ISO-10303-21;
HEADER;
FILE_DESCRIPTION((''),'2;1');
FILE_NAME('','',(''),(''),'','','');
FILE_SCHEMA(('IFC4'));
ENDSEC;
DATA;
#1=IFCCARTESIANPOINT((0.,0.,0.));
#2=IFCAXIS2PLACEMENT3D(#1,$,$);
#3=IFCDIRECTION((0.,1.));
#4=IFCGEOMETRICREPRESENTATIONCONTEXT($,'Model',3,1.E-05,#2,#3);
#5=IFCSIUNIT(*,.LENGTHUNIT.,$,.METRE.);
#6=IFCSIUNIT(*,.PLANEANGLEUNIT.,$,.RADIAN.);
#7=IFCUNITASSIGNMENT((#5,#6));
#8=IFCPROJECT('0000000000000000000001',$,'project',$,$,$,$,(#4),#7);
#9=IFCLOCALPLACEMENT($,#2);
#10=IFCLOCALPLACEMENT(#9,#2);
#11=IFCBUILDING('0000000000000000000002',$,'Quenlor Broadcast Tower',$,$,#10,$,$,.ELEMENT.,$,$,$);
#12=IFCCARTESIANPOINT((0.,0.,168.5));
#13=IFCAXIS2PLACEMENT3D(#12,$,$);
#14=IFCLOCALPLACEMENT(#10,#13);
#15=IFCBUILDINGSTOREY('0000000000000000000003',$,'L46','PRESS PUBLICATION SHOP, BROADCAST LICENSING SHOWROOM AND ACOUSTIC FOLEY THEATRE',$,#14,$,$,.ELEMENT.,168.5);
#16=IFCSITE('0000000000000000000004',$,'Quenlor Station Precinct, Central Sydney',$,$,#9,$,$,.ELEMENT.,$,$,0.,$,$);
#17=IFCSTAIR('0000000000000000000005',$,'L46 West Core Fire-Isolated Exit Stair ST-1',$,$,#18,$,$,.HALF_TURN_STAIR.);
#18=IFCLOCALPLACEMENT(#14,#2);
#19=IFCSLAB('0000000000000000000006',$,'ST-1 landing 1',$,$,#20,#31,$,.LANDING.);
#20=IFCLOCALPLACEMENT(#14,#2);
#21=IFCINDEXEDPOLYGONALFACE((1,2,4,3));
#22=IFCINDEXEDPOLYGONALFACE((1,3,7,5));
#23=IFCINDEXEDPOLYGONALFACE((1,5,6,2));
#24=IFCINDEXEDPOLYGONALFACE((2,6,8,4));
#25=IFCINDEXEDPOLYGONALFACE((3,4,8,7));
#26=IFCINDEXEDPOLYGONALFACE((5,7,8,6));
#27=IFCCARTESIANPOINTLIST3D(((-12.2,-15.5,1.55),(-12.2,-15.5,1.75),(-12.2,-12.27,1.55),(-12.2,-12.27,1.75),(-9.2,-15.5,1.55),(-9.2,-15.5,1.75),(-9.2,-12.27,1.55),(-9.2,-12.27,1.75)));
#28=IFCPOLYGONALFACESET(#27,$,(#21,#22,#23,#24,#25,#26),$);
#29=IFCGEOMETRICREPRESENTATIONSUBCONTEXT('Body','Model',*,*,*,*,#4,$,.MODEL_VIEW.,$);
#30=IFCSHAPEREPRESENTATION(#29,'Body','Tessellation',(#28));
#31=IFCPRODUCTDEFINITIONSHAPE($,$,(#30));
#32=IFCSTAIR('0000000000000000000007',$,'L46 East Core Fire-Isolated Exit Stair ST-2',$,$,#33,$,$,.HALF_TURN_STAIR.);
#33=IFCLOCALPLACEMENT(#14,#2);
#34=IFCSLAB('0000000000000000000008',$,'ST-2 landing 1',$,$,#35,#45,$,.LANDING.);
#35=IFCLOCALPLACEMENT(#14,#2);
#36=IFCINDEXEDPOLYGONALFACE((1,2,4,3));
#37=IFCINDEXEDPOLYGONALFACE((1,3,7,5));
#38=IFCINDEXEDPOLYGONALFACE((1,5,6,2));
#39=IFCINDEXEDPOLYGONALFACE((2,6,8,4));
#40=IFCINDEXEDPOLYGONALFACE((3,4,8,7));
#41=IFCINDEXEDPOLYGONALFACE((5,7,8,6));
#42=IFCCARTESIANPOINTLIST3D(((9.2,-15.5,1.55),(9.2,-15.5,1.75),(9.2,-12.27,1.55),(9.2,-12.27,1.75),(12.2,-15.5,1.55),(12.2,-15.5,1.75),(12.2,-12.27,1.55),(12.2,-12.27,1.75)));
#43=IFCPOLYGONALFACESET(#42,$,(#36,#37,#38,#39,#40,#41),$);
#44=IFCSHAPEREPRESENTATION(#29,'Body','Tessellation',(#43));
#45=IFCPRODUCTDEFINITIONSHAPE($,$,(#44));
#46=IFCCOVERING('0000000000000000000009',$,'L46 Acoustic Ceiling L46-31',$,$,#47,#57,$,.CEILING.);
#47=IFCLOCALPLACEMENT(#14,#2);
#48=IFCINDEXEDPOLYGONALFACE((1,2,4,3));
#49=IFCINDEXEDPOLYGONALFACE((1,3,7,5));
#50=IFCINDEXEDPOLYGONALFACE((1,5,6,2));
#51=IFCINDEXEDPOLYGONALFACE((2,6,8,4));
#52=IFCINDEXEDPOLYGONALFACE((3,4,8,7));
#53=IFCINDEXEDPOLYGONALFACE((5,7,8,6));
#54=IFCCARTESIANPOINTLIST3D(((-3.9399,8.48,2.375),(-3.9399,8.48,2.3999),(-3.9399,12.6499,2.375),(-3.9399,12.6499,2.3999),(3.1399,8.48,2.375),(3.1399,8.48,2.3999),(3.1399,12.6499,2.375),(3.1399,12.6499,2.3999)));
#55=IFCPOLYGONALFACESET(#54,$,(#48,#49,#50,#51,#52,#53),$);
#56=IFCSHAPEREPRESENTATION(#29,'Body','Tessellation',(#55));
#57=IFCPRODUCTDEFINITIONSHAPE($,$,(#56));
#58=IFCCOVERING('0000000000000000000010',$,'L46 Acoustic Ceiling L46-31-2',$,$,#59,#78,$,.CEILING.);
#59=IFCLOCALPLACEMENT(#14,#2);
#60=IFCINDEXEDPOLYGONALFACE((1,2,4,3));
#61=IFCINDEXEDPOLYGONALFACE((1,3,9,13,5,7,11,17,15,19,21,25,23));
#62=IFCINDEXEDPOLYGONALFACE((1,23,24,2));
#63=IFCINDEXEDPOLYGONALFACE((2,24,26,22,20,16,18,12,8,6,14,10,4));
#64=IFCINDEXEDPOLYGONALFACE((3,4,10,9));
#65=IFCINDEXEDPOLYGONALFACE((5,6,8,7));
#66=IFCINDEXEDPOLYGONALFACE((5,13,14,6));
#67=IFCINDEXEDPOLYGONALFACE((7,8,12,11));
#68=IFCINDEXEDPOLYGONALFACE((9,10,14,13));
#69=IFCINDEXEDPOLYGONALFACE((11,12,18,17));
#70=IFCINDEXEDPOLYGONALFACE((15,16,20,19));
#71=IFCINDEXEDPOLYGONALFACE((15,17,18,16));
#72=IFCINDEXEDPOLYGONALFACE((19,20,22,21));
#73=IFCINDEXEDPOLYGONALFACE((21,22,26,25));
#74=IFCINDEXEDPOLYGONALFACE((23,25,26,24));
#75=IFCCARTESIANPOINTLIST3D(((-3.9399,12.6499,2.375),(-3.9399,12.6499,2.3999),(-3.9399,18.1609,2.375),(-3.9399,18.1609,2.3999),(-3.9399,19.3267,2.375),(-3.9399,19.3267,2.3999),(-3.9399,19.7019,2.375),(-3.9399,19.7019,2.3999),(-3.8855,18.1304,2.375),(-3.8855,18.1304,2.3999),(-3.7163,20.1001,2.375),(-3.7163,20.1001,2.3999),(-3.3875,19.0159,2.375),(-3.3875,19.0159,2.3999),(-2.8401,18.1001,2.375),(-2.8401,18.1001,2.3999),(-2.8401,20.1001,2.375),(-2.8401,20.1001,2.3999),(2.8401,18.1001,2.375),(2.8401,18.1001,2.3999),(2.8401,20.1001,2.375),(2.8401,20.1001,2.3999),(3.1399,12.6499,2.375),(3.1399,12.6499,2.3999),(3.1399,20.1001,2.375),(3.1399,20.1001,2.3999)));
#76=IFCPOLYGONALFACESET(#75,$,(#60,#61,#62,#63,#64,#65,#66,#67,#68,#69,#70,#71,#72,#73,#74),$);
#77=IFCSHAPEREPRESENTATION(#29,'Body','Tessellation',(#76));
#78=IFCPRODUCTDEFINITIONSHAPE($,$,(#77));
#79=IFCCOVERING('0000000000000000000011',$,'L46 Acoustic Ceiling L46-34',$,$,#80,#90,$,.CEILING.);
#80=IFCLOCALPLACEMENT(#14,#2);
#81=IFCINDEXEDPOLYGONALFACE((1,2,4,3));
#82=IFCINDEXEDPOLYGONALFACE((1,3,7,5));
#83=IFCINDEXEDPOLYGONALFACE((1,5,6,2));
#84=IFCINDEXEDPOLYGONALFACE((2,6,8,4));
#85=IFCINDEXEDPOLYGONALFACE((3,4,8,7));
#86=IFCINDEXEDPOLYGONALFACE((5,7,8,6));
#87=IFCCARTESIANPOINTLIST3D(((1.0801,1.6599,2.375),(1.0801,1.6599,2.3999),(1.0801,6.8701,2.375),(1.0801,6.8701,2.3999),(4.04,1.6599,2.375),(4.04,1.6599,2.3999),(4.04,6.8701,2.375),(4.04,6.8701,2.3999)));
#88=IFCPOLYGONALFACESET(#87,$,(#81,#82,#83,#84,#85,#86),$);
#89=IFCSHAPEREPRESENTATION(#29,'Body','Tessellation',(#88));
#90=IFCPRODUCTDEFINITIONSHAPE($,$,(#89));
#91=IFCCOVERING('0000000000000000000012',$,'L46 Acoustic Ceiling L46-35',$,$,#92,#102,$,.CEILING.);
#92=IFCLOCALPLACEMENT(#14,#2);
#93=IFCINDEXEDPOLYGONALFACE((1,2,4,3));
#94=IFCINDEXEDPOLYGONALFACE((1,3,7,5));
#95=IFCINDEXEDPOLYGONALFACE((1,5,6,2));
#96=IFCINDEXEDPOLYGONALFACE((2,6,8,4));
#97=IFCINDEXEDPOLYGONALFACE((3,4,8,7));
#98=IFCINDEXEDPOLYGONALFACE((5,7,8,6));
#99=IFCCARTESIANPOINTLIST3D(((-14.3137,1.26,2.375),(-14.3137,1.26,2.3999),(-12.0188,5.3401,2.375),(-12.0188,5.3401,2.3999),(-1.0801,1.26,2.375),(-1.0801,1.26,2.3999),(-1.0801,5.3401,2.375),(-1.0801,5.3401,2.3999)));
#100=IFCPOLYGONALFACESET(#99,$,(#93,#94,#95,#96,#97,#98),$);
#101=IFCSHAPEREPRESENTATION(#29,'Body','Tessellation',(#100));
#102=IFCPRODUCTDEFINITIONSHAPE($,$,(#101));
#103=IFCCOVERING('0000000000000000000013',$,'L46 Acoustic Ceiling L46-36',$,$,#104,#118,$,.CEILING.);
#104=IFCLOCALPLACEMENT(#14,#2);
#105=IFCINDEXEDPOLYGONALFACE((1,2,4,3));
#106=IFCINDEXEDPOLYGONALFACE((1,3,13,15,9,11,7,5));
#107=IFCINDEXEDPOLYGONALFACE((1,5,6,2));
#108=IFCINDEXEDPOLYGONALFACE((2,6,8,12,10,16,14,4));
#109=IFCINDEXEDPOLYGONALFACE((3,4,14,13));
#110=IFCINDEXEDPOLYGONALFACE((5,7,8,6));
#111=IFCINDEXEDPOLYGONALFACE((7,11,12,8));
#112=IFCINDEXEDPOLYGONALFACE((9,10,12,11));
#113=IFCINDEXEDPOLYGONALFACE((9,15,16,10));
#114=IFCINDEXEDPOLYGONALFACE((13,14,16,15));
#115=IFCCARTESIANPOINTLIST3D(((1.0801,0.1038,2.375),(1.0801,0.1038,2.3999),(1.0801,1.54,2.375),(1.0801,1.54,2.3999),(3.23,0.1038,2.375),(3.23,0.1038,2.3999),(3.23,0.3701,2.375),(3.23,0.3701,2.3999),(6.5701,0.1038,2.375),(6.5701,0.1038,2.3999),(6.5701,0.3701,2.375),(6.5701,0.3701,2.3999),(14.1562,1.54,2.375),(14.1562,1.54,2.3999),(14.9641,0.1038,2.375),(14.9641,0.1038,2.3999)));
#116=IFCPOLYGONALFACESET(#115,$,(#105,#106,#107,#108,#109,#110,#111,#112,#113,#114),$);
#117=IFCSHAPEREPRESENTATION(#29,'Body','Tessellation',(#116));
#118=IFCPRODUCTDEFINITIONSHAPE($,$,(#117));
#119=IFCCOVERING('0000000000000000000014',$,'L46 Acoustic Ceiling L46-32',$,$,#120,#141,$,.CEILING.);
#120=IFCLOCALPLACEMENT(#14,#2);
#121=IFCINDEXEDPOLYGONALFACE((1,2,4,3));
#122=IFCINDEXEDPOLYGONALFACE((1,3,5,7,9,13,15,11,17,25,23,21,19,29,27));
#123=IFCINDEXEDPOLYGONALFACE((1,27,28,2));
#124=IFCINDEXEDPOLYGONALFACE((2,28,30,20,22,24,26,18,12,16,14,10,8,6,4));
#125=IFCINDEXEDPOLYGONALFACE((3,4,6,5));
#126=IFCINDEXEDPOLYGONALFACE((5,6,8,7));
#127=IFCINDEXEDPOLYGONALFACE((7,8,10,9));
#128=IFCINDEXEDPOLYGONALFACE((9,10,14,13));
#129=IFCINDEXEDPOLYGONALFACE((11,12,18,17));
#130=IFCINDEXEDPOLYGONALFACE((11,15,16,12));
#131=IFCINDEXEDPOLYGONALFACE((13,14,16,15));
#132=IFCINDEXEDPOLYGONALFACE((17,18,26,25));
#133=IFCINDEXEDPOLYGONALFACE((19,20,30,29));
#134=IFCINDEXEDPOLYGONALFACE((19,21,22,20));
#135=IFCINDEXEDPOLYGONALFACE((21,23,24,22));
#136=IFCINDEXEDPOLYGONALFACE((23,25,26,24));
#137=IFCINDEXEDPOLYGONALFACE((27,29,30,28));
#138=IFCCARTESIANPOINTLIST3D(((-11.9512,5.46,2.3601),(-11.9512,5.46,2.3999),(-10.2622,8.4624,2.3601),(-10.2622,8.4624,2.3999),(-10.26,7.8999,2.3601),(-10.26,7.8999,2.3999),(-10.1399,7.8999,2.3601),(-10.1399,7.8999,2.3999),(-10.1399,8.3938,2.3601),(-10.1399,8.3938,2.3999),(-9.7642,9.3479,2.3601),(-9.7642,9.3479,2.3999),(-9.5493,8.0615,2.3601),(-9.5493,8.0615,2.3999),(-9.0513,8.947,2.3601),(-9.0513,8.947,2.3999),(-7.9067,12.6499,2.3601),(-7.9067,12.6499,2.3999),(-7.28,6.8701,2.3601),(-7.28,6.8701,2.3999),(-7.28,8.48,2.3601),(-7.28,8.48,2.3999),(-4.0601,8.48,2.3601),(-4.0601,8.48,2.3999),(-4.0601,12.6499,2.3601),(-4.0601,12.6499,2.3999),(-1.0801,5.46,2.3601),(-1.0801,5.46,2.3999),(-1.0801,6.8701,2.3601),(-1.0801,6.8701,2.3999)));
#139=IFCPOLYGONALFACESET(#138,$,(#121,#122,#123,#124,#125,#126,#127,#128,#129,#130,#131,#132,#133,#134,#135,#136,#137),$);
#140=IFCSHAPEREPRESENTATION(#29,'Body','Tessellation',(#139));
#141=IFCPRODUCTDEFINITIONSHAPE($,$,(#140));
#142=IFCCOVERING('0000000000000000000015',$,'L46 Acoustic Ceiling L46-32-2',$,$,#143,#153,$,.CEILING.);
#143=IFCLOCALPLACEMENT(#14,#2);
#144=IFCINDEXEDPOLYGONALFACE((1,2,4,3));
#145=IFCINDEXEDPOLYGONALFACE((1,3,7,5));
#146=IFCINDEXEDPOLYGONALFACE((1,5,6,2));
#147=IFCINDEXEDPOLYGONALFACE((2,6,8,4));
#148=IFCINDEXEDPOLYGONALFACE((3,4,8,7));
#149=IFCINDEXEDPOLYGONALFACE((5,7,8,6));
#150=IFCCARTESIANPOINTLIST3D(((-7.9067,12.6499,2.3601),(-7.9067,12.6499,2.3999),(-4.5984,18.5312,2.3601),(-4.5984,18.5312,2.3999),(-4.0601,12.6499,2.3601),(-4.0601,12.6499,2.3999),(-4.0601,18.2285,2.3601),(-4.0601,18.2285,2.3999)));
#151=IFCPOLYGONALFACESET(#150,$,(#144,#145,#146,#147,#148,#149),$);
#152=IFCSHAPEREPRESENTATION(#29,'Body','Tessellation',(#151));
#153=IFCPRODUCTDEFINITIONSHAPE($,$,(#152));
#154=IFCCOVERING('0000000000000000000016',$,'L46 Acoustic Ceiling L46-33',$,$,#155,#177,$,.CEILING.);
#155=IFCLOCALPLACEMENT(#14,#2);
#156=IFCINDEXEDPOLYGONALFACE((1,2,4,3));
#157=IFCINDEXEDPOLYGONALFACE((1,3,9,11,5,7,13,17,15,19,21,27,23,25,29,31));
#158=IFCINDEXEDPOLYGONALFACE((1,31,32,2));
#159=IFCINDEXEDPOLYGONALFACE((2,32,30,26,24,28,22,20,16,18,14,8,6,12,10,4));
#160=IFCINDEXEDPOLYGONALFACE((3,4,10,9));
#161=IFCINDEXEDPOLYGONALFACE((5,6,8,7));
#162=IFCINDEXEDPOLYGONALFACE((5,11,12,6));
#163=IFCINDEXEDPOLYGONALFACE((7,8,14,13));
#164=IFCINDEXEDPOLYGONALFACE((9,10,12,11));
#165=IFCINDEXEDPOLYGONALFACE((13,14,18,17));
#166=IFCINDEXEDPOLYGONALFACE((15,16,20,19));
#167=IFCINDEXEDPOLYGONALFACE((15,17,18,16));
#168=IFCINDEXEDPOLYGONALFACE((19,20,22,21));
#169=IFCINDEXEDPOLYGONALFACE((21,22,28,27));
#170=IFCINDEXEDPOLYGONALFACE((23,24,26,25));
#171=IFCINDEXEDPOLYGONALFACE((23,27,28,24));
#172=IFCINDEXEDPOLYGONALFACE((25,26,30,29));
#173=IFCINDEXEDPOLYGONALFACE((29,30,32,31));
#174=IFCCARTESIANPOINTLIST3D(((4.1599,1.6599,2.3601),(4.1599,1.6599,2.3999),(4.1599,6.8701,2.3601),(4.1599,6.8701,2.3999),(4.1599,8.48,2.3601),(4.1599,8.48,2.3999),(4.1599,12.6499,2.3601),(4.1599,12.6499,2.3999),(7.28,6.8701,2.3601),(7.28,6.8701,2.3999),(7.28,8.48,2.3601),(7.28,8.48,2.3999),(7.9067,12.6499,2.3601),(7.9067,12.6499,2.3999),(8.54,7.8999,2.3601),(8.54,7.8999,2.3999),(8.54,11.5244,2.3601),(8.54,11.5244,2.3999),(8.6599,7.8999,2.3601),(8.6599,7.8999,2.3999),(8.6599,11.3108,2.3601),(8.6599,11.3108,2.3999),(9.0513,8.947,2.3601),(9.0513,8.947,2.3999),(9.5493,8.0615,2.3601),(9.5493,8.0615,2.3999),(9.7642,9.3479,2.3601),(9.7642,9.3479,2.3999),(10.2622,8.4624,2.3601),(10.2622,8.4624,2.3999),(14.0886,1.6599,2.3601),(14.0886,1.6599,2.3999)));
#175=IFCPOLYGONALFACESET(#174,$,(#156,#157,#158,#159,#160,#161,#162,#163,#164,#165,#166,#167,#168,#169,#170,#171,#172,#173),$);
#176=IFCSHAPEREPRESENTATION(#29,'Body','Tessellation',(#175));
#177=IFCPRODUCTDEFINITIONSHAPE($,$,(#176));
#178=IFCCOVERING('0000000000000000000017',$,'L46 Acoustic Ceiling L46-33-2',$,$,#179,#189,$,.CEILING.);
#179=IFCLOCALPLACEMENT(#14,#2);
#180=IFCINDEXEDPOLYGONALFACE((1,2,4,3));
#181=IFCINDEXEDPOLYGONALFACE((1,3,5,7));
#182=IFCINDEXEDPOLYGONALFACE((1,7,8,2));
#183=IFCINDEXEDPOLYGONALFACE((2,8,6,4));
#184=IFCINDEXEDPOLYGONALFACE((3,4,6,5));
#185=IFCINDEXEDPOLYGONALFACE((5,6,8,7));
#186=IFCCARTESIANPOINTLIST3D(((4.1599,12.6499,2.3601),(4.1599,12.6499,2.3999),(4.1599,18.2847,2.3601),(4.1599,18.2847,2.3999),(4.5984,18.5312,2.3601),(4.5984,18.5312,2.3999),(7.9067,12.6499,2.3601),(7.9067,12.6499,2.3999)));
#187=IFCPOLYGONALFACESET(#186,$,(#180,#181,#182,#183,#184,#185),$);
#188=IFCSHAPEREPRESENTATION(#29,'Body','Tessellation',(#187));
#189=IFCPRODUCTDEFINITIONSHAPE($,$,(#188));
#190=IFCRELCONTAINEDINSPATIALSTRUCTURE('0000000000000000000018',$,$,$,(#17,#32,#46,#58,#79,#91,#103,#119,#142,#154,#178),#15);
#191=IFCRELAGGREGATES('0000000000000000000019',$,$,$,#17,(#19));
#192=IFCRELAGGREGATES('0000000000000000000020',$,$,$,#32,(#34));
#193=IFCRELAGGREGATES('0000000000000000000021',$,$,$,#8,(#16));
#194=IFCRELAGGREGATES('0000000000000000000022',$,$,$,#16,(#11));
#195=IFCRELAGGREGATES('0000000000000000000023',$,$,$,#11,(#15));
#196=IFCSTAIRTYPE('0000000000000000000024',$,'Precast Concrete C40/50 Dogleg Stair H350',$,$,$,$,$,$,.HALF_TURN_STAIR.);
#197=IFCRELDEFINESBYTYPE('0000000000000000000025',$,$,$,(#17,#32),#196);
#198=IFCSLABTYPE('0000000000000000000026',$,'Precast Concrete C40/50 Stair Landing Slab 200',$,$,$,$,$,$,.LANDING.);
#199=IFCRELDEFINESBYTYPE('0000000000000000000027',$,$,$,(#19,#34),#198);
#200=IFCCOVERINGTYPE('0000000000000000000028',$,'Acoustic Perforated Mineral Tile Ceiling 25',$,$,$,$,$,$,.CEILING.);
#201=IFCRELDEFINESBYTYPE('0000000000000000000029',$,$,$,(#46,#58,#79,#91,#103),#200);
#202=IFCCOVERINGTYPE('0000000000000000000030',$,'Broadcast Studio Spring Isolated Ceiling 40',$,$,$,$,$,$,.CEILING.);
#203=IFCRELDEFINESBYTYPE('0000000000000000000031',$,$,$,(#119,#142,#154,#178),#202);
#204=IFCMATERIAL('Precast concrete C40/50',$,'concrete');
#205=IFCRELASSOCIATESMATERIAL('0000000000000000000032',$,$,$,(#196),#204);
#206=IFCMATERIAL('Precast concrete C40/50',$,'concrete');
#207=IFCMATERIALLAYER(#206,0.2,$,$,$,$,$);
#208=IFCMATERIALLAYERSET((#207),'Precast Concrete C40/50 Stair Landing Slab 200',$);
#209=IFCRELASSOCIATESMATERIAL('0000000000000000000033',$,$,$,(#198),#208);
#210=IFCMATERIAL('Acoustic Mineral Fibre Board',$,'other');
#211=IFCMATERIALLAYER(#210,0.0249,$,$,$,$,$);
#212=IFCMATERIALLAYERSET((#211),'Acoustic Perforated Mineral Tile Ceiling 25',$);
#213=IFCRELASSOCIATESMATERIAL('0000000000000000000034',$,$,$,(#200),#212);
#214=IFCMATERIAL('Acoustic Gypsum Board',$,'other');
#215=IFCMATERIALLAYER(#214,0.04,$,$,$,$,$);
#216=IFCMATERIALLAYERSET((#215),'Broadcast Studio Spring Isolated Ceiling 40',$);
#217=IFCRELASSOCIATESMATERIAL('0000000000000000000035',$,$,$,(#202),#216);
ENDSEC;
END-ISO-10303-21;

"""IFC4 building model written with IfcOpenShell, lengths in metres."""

from ifc_helpers import new_model, si_unit, direction, frame, origin, place, context, subcontext, project, spatial, polyline, outline, extrude, material, layer, layer_set, type_object, element, aggregate, save


model = new_model("IFC4")

# Units and contexts
model_context = context("Model", 3, precision=1e-05, world=origin(), true_north=direction((0.0, 1.0)))
body_context = subcontext(model_context, "Body", "Model", "MODEL_VIEW")
ifc_project = project(units=[si_unit("LENGTHUNIT", "METRE"), si_unit("PLANEANGLEUNIT", "RADIAN")], contexts=[model_context])

# Site, building, storey
site_placement = place(None, origin())
site = spatial("IfcSite", under=ifc_project, at=site_placement, Name="Quenlor Station Precinct, Central Sydney", CompositionType="ELEMENT", RefElevation=0.0)
building_placement = place(site_placement, origin())
building = spatial("IfcBuilding", under=site, at=building_placement, Name="Quenlor Broadcast Tower", CompositionType="ELEMENT")
storey_placement = place(building_placement, frame((0.0, 0.0, 168.5)))
storey = spatial("IfcBuildingStorey", under=building, at=storey_placement, Name="L46", Description="PRESS PUBLICATION SHOP, BROADCAST LICENSING SHOWROOM AND ACOUSTIC FOLEY THEATRE", CompositionType="ELEMENT", Elevation=168.5)

# Stairs, slabs
ifc_material_1 = material(Name="Precast concrete C40/50", Category="concrete")
stair_type = type_object("IfcStairType", Name="Precast Concrete C40/50 Dogleg Stair H350", PredefinedType="HALF_TURN_STAIR", material=ifc_material_1)
stair_1_placement = place(storey_placement, origin())
stair_1 = element("IfcStair", 1, at=stair_1_placement, inside=storey, type_object=stair_type, Name="L46 West Core Fire-Isolated Exit Stair ST-1", PredefinedType="HALF_TURN_STAIR")
ifc_material_2 = material(Name="Precast concrete C40/50", Category="concrete")
ifc_layer_1 = layer(ifc_material_2, 0.2)
ifc_layer_set_1 = layer_set([ifc_layer_1], Name="Precast Concrete C40/50 Stair Landing Slab 200")
slab_type = type_object("IfcSlabType", Name="Precast Concrete C40/50 Stair Landing Slab 200", PredefinedType="LANDING", material=ifc_layer_set_1)
slab_1_placement = place(storey_placement, frame((0.0, 0.0, 1.55)))
slab_1 = element("IfcSlab", 2, at=slab_1_placement, type_object=slab_type, Name="ST-1 landing 1", PredefinedType="LANDING", context=body_context, shape_type="SweptSolid", body=[
    extrude(outline(polyline([(-12.2, -12.27), (-12.2, -15.5), (-9.2, -15.5), (-9.2, -12.27), (-12.2, -12.27)])), origin(), (0.0, 0.0, 1.0), 0.2),
])
aggregate(stair_1, [slab_1])
stair_2_placement = place(storey_placement, origin())
stair_2 = element("IfcStair", 3, at=stair_2_placement, inside=storey, type_object=stair_type, Name="L46 East Core Fire-Isolated Exit Stair ST-2", PredefinedType="HALF_TURN_STAIR")
slab_2_placement = place(storey_placement, frame((0.0, 0.0, 1.55)))
slab_2 = element("IfcSlab", 4, at=slab_2_placement, type_object=slab_type, Name="ST-2 landing 1", PredefinedType="LANDING", context=body_context, shape_type="SweptSolid", body=[
    extrude(outline(polyline([(9.2, -12.27), (9.2, -15.5), (12.2, -15.5), (12.2, -12.27), (9.2, -12.27)])), origin(), (0.0, 0.0, 1.0), 0.2),
])
aggregate(stair_2, [slab_2])

# Coverings
ifc_material_3 = material(Name="Acoustic Mineral Fibre Board", Category="other")
ifc_layer_2 = layer(ifc_material_3, 0.0249)
ifc_layer_set_2 = layer_set([ifc_layer_2], Name="Acoustic Perforated Mineral Tile Ceiling 25")
covering_type_1 = type_object("IfcCoveringType", Name="Acoustic Perforated Mineral Tile Ceiling 25", PredefinedType="CEILING", material=ifc_layer_set_2)
covering_1_placement = place(storey_placement, frame((0.0, 0.0, 2.375)))
element("IfcCovering", 5, at=covering_1_placement, inside=storey, type_object=covering_type_1, Name="L46 Acoustic Ceiling L46-31", PredefinedType="CEILING", context=body_context, shape_type="SweptSolid", body=[
    extrude(outline(polyline([(3.1399, 8.48), (-3.9399, 8.48), (-3.9399, 12.6499), (3.1399, 12.6499), (3.1399, 8.48)])), origin(), (0.0, 0.0, 1.0), 0.0249),
])
covering_2_placement = place(storey_placement, frame((0.0, 0.0, 2.375)))
element("IfcCovering", 6, at=covering_2_placement, inside=storey, type_object=covering_type_1, Name="L46 Acoustic Ceiling L46-31-2", PredefinedType="CEILING", context=body_context, shape_type="SweptSolid", body=[
    extrude(outline(polyline([(2.8401, 18.1001), (2.8401, 20.1001), (3.1399, 20.1001), (3.1399, 12.6499), (-3.9399, 12.6499), (-3.9399, 18.1609), (-3.8855, 18.1304), (-3.3875, 19.0159), (-3.9399, 19.3267), (-3.9399, 19.7019), (-3.7163, 20.1001), (-2.8401, 20.1001), (-2.8401, 18.1001), (2.8401, 18.1001)])), origin(), (0.0, 0.0, 1.0), 0.0249),
])
covering_3_placement = place(storey_placement, frame((0.0, 0.0, 2.375)))
element("IfcCovering", 7, at=covering_3_placement, inside=storey, type_object=covering_type_1, Name="L46 Acoustic Ceiling L46-34", PredefinedType="CEILING", context=body_context, shape_type="SweptSolid", body=[
    extrude(outline(polyline([(4.04, 1.6599), (1.0801, 1.6599), (1.0801, 6.8701), (4.04, 6.8701), (4.04, 1.6599)])), origin(), (0.0, 0.0, 1.0), 0.0249),
])
covering_4_placement = place(storey_placement, frame((0.0, 0.0, 2.375)))
element("IfcCovering", 8, at=covering_4_placement, inside=storey, type_object=covering_type_1, Name="L46 Acoustic Ceiling L46-35", PredefinedType="CEILING", context=body_context, shape_type="SweptSolid", body=[
    extrude(outline(polyline([(-14.3137, 1.26), (-12.0188, 5.3401), (-1.0801, 5.3401), (-1.0801, 1.26), (-14.3137, 1.26)])), origin(), (0.0, 0.0, 1.0), 0.0249),
])
covering_5_placement = place(storey_placement, frame((0.0, 0.0, 2.375)))
element("IfcCovering", 9, at=covering_5_placement, inside=storey, type_object=covering_type_1, Name="L46 Acoustic Ceiling L46-36", PredefinedType="CEILING", context=body_context, shape_type="SweptSolid", body=[
    extrude(outline(polyline([(1.0801, 0.1038), (1.0801, 1.54), (14.1562, 1.54), (14.9641, 0.1038), (6.5701, 0.1038), (6.5701, 0.3701), (3.23, 0.3701), (3.23, 0.1038), (1.0801, 0.1038)])), origin(), (0.0, 0.0, 1.0), 0.0249),
])
ifc_material_4 = material(Name="Acoustic Gypsum Board", Category="other")
ifc_layer_3 = layer(ifc_material_4, 0.04)
ifc_layer_set_3 = layer_set([ifc_layer_3], Name="Broadcast Studio Spring Isolated Ceiling 40")
covering_type_2 = type_object("IfcCoveringType", Name="Broadcast Studio Spring Isolated Ceiling 40", PredefinedType="CEILING", material=ifc_layer_set_3)
covering_6_placement = place(storey_placement, frame((0.0, 0.0, 2.3601)))
element("IfcCovering", 10, at=covering_6_placement, inside=storey, type_object=covering_type_2, Name="L46 Acoustic Ceiling L46-32", PredefinedType="CEILING", context=body_context, shape_type="SweptSolid", body=[
    extrude(outline(polyline([(-10.1399, 8.3938), (-9.5493, 8.0615), (-9.0513, 8.947), (-9.7642, 9.3479), (-7.9067, 12.6499), (-4.0601, 12.6499), (-4.0601, 8.48), (-7.28, 8.48), (-7.28, 6.8701), (-1.0801, 6.8701), (-1.0801, 5.46), (-11.9512, 5.46), (-10.2622, 8.4624), (-10.26, 7.8999), (-10.1399, 7.8999), (-10.1399, 8.3938)])), origin(), (0.0, 0.0, 1.0), 0.0398),
])
covering_7_placement = place(storey_placement, frame((0.0, 0.0, 2.3601)))
element("IfcCovering", 11, at=covering_7_placement, inside=storey, type_object=covering_type_2, Name="L46 Acoustic Ceiling L46-32-2", PredefinedType="CEILING", context=body_context, shape_type="SweptSolid", body=[
    extrude(outline(polyline([(-4.5984, 18.5312), (-4.0601, 18.2285), (-4.0601, 12.6499), (-7.9067, 12.6499), (-4.5984, 18.5312)])), origin(), (0.0, 0.0, 1.0), 0.0398),
])
covering_8_placement = place(storey_placement, frame((0.0, 0.0, 2.3601)))
element("IfcCovering", 12, at=covering_8_placement, inside=storey, type_object=covering_type_2, Name="L46 Acoustic Ceiling L46-33", PredefinedType="CEILING", context=body_context, shape_type="SweptSolid", body=[
    extrude(outline(polyline([(8.6599, 11.3108), (9.7642, 9.3479), (9.0513, 8.947), (9.5493, 8.0615), (10.2622, 8.4624), (14.0886, 1.6599), (4.1599, 1.6599), (4.1599, 6.8701), (7.28, 6.8701), (7.28, 8.48), (4.1599, 8.48), (4.1599, 12.6499), (7.9067, 12.6499), (8.54, 11.5244), (8.54, 7.8999), (8.6599, 7.8999), (8.6599, 11.3108)])), origin(), (0.0, 0.0, 1.0), 0.0398),
])
covering_9_placement = place(storey_placement, frame((0.0, 0.0, 2.3601)))
element("IfcCovering", 13, at=covering_9_placement, inside=storey, type_object=covering_type_2, Name="L46 Acoustic Ceiling L46-33-2", PredefinedType="CEILING", context=body_context, shape_type="SweptSolid", body=[
    extrude(outline(polyline([(4.1599, 18.2847), (4.5984, 18.5312), (7.9067, 12.6499), (4.1599, 12.6499), (4.1599, 18.2847)])), origin(), (0.0, 0.0, 1.0), 0.0398),
])

save(model, "model.ifc")
